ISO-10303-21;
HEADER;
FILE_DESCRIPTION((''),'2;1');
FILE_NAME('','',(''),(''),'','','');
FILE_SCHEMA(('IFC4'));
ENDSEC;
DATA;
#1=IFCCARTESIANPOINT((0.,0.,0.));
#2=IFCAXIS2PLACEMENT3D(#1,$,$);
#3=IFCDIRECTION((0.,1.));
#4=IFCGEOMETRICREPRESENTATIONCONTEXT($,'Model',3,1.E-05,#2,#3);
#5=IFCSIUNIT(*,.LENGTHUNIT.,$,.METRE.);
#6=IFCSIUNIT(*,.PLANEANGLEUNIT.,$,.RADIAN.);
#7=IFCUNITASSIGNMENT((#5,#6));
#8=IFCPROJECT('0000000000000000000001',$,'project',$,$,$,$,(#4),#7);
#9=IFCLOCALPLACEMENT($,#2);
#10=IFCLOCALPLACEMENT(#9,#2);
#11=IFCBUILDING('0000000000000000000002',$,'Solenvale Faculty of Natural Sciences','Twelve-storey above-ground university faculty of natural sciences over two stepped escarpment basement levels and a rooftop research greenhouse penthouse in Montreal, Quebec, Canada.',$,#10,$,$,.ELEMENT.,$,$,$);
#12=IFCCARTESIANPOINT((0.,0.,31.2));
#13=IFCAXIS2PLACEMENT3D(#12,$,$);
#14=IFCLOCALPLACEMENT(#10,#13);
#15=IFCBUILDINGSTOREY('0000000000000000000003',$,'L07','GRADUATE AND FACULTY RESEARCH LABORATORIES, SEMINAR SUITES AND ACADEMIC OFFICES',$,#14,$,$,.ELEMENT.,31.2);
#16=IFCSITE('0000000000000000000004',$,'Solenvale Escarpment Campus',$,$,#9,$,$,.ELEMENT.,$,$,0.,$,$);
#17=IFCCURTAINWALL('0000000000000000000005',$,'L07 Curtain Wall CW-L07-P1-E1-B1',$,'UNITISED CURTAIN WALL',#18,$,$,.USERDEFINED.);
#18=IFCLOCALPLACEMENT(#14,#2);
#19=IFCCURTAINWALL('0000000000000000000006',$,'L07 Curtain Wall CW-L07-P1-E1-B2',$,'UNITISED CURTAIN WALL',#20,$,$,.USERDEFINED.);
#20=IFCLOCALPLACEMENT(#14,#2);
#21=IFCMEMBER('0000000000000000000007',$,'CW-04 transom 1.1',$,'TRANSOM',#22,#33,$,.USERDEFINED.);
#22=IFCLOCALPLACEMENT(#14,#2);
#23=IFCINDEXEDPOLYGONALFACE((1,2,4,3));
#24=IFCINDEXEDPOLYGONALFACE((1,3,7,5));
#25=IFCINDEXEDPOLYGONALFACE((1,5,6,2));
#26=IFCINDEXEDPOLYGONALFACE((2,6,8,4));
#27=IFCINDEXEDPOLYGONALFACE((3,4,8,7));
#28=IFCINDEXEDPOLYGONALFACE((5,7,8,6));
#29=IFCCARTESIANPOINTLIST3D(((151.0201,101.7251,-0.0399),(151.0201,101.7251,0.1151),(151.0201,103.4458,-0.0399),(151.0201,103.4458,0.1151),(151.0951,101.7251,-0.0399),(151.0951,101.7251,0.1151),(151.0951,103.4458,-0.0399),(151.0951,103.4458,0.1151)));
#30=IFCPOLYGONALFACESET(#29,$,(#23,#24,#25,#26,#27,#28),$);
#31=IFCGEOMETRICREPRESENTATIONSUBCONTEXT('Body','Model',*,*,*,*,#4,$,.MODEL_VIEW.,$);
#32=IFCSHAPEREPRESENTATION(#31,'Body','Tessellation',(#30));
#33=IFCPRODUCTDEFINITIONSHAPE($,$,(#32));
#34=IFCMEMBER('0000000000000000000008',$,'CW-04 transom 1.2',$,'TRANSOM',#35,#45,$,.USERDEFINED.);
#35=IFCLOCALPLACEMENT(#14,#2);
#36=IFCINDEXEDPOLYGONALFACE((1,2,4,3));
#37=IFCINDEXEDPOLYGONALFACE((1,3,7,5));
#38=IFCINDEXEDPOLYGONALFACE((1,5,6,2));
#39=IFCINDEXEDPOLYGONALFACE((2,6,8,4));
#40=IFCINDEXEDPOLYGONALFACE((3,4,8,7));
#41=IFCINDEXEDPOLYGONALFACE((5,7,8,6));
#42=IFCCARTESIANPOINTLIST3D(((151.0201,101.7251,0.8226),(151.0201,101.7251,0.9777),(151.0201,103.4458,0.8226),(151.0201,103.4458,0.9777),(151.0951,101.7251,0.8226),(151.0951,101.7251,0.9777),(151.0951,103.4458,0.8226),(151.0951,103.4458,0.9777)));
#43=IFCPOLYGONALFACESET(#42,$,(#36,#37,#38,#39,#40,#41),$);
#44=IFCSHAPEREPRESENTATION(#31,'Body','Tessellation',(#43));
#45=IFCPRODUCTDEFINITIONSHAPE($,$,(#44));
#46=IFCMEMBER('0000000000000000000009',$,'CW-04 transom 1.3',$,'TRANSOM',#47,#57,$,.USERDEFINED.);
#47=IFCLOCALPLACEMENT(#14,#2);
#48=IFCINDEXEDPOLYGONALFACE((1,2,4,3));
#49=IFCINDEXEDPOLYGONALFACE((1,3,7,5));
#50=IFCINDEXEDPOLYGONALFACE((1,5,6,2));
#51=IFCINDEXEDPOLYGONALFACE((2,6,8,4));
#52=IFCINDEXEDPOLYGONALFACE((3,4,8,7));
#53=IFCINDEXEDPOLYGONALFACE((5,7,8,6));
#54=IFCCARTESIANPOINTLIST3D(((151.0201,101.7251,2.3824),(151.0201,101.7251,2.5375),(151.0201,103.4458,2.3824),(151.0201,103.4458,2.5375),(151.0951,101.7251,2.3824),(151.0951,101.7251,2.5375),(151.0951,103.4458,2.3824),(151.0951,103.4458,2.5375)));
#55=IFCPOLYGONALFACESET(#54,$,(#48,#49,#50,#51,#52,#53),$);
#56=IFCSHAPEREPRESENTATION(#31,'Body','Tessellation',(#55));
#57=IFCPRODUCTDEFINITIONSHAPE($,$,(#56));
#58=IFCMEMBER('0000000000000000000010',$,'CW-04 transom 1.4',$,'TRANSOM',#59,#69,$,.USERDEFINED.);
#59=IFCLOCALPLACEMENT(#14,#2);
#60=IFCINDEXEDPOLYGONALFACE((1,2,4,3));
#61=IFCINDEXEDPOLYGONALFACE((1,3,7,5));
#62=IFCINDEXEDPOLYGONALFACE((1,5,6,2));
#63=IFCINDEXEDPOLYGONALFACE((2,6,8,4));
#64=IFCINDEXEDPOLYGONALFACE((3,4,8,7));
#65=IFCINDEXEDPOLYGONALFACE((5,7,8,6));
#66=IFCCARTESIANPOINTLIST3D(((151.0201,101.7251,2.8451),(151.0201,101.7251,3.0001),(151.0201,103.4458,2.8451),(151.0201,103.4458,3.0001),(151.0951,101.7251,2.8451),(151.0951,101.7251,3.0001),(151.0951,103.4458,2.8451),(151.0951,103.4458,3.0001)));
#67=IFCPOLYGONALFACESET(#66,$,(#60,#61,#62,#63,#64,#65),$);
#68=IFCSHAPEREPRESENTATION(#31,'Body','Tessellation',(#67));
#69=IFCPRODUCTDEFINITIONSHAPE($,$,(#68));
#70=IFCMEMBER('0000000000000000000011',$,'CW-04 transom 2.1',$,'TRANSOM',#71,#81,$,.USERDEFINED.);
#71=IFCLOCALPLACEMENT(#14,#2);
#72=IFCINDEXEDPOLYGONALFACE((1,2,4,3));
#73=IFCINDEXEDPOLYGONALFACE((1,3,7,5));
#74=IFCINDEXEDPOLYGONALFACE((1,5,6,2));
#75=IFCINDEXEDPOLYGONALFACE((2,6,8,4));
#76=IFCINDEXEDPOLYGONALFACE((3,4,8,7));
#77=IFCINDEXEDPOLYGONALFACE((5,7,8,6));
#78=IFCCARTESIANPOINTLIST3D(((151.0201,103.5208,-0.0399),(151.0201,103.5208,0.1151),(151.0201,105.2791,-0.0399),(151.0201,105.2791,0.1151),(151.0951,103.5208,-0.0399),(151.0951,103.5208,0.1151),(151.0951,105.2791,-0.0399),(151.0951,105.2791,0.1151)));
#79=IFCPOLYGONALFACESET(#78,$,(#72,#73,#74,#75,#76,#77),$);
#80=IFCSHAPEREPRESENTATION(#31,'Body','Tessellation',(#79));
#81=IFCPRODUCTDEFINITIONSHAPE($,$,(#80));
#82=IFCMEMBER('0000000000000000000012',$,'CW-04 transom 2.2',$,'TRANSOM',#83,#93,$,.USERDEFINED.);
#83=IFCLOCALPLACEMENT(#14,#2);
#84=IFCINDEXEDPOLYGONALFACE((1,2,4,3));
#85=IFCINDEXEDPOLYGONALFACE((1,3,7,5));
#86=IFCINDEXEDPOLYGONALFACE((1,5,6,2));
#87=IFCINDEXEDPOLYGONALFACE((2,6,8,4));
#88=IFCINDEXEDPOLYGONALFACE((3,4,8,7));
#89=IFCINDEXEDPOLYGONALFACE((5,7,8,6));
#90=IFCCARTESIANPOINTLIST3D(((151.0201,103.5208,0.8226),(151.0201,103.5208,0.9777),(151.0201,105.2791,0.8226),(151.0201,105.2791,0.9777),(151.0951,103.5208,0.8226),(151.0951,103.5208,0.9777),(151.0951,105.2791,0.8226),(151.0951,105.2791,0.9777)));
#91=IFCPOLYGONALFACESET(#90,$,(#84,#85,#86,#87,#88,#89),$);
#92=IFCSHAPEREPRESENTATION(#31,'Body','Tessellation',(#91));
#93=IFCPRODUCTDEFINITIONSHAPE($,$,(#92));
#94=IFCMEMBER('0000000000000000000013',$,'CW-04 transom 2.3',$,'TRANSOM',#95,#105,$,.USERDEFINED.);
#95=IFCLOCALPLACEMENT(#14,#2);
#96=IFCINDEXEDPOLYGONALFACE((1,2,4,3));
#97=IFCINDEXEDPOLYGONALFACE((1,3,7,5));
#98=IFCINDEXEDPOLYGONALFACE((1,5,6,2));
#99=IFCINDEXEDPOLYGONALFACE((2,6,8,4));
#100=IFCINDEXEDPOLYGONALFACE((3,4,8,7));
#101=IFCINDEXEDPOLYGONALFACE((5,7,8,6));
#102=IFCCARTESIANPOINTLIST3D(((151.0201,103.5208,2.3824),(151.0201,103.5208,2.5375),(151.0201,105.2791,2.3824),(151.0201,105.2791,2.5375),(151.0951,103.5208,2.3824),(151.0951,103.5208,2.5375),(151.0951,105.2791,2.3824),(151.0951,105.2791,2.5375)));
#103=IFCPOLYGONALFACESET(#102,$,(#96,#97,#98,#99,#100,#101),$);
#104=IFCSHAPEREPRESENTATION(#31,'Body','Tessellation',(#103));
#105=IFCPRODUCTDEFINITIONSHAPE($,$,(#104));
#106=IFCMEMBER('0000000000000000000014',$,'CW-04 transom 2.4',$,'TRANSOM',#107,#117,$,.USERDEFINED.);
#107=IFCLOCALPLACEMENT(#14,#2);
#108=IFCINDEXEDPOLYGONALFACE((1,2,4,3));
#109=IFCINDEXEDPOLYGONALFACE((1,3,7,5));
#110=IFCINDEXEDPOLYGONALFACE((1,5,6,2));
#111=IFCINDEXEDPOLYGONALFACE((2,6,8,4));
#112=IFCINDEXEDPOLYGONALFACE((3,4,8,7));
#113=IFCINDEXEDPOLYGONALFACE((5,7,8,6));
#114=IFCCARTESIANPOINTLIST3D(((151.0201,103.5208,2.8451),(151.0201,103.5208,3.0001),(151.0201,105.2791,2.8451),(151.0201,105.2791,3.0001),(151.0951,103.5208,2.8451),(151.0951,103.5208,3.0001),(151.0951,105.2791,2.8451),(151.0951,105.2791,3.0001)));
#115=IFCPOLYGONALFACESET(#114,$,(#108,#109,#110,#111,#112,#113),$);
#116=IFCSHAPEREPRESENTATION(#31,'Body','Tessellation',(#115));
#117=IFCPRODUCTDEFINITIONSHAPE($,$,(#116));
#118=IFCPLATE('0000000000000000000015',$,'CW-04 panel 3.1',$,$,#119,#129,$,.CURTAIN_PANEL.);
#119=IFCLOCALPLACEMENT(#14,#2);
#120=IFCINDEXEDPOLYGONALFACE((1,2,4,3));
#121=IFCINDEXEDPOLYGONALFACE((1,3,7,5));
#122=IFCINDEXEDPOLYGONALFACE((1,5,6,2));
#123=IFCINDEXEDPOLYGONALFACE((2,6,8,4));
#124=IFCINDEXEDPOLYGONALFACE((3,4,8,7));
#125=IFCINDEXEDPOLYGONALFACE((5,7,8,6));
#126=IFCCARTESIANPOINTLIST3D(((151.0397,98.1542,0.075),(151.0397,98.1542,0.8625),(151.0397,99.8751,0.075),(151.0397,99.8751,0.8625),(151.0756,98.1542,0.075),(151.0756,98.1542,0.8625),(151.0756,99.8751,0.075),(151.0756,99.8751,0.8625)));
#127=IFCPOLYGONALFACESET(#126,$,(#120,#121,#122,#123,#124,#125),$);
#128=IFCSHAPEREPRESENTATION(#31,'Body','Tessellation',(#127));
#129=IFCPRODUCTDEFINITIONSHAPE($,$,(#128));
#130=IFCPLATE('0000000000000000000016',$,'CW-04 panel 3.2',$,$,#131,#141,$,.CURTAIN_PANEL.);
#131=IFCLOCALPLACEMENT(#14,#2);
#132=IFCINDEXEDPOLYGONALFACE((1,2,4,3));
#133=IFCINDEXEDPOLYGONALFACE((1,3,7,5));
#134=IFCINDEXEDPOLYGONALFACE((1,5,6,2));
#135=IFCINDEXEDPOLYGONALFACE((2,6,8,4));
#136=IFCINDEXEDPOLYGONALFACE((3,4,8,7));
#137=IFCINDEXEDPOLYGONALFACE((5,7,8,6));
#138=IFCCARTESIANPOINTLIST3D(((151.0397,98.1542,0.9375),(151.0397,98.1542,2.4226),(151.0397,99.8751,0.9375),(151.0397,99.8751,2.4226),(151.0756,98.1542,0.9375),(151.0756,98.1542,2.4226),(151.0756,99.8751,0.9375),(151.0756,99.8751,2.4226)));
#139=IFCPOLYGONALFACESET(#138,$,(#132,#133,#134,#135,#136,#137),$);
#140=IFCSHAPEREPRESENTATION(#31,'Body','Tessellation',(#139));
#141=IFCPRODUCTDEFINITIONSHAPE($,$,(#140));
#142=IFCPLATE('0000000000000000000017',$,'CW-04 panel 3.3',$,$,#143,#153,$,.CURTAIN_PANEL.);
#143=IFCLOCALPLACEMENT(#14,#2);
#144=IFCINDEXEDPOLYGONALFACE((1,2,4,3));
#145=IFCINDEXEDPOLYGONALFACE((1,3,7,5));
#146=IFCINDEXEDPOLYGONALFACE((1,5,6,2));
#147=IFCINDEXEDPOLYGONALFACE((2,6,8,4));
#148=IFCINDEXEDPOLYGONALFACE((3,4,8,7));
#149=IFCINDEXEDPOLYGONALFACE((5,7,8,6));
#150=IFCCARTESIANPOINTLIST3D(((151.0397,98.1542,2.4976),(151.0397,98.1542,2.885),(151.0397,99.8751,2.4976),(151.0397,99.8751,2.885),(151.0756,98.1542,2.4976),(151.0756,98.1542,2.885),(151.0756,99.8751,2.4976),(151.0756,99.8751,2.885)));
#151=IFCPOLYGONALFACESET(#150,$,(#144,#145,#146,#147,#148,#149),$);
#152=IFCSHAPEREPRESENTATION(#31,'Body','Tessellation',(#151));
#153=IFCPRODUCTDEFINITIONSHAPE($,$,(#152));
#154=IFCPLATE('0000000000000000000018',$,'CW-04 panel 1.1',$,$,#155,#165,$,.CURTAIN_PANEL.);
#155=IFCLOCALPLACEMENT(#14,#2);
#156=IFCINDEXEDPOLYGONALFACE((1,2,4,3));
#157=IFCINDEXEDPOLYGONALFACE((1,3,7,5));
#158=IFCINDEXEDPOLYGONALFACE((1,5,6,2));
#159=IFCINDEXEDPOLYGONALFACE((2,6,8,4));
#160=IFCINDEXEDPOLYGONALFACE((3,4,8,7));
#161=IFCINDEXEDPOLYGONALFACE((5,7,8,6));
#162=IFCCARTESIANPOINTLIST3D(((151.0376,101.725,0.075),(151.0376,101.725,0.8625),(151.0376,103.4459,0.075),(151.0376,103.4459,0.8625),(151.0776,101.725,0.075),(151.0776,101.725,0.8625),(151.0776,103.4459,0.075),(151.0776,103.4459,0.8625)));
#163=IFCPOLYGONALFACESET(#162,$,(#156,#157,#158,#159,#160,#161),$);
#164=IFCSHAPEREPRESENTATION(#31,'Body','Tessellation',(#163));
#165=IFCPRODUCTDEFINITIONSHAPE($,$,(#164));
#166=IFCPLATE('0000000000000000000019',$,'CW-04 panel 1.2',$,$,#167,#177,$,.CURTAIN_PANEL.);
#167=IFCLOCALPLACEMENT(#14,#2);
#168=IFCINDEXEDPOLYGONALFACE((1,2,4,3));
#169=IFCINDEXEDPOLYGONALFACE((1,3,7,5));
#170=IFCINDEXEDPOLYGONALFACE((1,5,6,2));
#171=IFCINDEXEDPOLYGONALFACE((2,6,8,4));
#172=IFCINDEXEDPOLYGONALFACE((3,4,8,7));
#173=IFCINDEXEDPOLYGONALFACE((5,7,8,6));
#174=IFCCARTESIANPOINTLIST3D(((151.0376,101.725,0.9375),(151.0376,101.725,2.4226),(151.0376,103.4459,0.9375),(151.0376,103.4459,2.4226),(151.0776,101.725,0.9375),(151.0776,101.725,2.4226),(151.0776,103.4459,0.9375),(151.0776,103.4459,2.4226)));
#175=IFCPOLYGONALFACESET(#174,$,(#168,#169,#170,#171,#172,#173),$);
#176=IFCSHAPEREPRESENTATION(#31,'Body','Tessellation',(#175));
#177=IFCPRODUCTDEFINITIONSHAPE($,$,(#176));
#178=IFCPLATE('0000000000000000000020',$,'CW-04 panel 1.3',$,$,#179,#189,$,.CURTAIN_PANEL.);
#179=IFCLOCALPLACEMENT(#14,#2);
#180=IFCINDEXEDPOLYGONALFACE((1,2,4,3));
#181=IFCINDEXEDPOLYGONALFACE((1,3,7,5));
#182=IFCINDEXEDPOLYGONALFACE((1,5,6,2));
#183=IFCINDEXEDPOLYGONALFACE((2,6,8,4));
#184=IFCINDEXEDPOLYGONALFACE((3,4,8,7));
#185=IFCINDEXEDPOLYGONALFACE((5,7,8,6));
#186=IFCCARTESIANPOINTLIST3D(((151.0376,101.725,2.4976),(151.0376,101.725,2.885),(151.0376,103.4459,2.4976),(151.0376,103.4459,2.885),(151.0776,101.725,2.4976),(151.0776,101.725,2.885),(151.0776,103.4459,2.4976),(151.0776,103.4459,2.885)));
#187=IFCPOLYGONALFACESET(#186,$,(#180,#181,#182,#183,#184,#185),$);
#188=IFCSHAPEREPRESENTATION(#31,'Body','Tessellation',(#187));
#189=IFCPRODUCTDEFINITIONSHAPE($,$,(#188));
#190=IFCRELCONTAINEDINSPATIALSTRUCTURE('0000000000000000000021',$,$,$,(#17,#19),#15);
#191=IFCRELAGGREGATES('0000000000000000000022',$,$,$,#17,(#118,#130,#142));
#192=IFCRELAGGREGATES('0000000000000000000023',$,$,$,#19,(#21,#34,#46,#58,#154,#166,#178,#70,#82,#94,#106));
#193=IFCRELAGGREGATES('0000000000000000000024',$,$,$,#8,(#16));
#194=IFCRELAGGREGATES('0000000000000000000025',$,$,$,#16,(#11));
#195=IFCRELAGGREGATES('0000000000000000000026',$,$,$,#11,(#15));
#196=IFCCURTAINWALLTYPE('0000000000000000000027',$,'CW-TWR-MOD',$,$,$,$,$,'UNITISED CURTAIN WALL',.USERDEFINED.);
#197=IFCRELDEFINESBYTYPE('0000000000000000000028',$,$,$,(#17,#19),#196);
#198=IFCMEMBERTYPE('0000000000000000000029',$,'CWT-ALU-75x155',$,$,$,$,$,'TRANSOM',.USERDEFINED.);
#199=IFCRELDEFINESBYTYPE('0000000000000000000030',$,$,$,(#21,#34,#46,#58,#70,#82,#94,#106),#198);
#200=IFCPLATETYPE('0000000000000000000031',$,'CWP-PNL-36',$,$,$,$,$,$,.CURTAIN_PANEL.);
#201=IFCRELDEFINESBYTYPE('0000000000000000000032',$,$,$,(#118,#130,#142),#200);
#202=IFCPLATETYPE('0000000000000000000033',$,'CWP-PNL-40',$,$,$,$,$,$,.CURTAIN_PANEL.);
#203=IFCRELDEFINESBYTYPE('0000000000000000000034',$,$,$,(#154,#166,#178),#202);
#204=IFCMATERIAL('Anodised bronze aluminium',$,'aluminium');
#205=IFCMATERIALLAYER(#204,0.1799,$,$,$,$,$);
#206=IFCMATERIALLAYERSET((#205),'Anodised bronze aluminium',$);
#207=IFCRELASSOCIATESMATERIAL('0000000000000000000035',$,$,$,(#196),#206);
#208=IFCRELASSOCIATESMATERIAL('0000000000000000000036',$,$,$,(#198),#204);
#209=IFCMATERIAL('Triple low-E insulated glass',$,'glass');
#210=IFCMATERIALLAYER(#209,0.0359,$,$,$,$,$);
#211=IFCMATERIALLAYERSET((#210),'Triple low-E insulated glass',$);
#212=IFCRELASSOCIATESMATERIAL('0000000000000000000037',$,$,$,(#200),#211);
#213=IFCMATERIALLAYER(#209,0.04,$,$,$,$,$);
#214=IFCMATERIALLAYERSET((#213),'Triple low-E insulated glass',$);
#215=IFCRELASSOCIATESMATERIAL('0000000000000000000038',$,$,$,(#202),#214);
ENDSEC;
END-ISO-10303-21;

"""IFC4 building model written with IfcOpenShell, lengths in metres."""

from ifc_helpers import new_model, si_unit, direction, frame, origin, origin_2d, place, context, subcontext, project, spatial, rectangle, extrude, material, layer, layer_set, material_profile, profile_set, type_object, element, aggregate, save


model = new_model("IFC4")

# Units and contexts
model_context = context("Model", 3, precision=1e-05, world=origin(), true_north=direction((0.0, 1.0)))
body_context = subcontext(model_context, "Body", "Model", "MODEL_VIEW")
ifc_project = project(units=[si_unit("LENGTHUNIT", "METRE"), si_unit("PLANEANGLEUNIT", "RADIAN")], contexts=[model_context])

# Site, building, storey
site_placement = place(None, origin())
site = spatial("IfcSite", under=ifc_project, at=site_placement, Name="Solenvale Escarpment Campus", CompositionType="ELEMENT", RefElevation=0.0)
building_placement = place(site_placement, origin())
building = spatial("IfcBuilding", under=site, at=building_placement, Name="Solenvale Faculty of Natural Sciences", Description="Twelve-storey above-ground university faculty of natural sciences over two stepped escarpment basement levels and a rooftop research greenhouse penthouse in Montreal, Quebec, Canada.", CompositionType="ELEMENT")
storey_placement = place(building_placement, frame((0.0, 0.0, 31.2)))
storey = spatial("IfcBuildingStorey", under=building, at=storey_placement, Name="L07", Description="GRADUATE AND FACULTY RESEARCH LABORATORIES, SEMINAR SUITES AND ACADEMIC OFFICES", CompositionType="ELEMENT", Elevation=31.2)

# Curtain wall
ifc_material_1 = material(Name="Anodised bronze aluminium", Category="aluminium")
ifc_layer_1 = layer(ifc_material_1, 0.1799)
ifc_layer_set_1 = layer_set([ifc_layer_1], Name="Anodised bronze aluminium")
curtain_wall_type = type_object("IfcCurtainWallType", Name="CW-TWR-MOD", ElementType="UNITISED CURTAIN WALL", PredefinedType="USERDEFINED", material=ifc_layer_set_1)
curtain_wall_1_placement = place(storey_placement, origin())
curtain_wall_1 = element("IfcCurtainWall", 1, at=curtain_wall_1_placement, inside=storey, type_object=curtain_wall_type, Name="L07 Curtain Wall CW-L07-P1-E1-B1", ObjectType="UNITISED CURTAIN WALL", PredefinedType="USERDEFINED")

# Curtain wall
curtain_wall_2_placement = place(storey_placement, origin())
curtain_wall_2 = element("IfcCurtainWall", 2, at=curtain_wall_2_placement, inside=storey, type_object=curtain_wall_type, Name="L07 Curtain Wall CW-L07-P1-E1-B2", ObjectType="UNITISED CURTAIN WALL", PredefinedType="USERDEFINED")

# Members
ifc_material_profile_1 = material_profile(ifc_material_1, rectangle(XDim=0.075, YDim=0.155, at=origin_2d()), Name="ALU-TRN-75x155")
ifc_profile_set_1 = profile_set([ifc_material_profile_1], Name="Anodised bronze aluminium")
member_type_1 = type_object("IfcMemberType", Name="CWT-ALU-75x155", ElementType="TRANSOM", PredefinedType="USERDEFINED", material=ifc_profile_set_1)
member_1_placement = place(storey_placement, frame((151.0576, 101.7251, 0.0376), z_axis=(0.0, 1.0, 0.0), x_axis=(-1.0, 0.0, 0.0)))
member_1 = element("IfcMember", 3, at=member_1_placement, type_object=member_type_1, Name="CW-04 transom 1.1", ObjectType="TRANSOM", PredefinedType="USERDEFINED", context=body_context, shape_type="SweptSolid", body=[
    extrude(rectangle(XDim=0.075, YDim=0.155, at=origin_2d()), origin(), (0.0, 0.0, 1.0), 1.7207),
])
member_2_placement = place(storey_placement, frame((151.0576, 101.7251, 0.9001), z_axis=(0.0, 1.0, 0.0), x_axis=(-1.0, 0.0, 0.0)))
member_2 = element("IfcMember", 4, at=member_2_placement, type_object=member_type_1, Name="CW-04 transom 1.2", ObjectType="TRANSOM", PredefinedType="USERDEFINED", context=body_context, shape_type="SweptSolid", body=[
    extrude(rectangle(XDim=0.075, YDim=0.155, at=origin_2d()), origin(), (0.0, 0.0, 1.0), 1.7207),
])
member_3_placement = place(storey_placement, frame((151.0576, 101.7251, 2.46), z_axis=(0.0, 1.0, 0.0), x_axis=(-1.0, 0.0, 0.0)))
member_3 = element("IfcMember", 5, at=member_3_placement, type_object=member_type_1, Name="CW-04 transom 1.3", ObjectType="TRANSOM", PredefinedType="USERDEFINED", context=body_context, shape_type="SweptSolid", body=[
    extrude(rectangle(XDim=0.075, YDim=0.155, at=origin_2d()), origin(), (0.0, 0.0, 1.0), 1.7207),
])
member_4_placement = place(storey_placement, frame((151.0576, 101.7251, 2.9226), z_axis=(0.0, 1.0, 0.0), x_axis=(-1.0, 0.0, 0.0)))
member_4 = element("IfcMember", 6, at=member_4_placement, type_object=member_type_1, Name="CW-04 transom 1.4", ObjectType="TRANSOM", PredefinedType="USERDEFINED", context=body_context, shape_type="SweptSolid", body=[
    extrude(rectangle(XDim=0.075, YDim=0.155, at=origin_2d()), origin(), (0.0, 0.0, 1.0), 1.7207),
])
member_5_placement = place(storey_placement, frame((151.0576, 103.5208, 0.0376), z_axis=(0.0, 1.0, 0.0), x_axis=(-1.0, 0.0, 0.0)))
member_5 = element("IfcMember", 7, at=member_5_placement, type_object=member_type_1, Name="CW-04 transom 2.1", ObjectType="TRANSOM", PredefinedType="USERDEFINED", context=body_context, shape_type="SweptSolid", body=[
    extrude(rectangle(XDim=0.075, YDim=0.155, at=origin_2d()), origin(), (0.0, 0.0, 1.0), 1.7583),
])
member_6_placement = place(storey_placement, frame((151.0576, 103.5208, 0.9001), z_axis=(0.0, 1.0, 0.0), x_axis=(-1.0, 0.0, 0.0)))
member_6 = element("IfcMember", 8, at=member_6_placement, type_object=member_type_1, Name="CW-04 transom 2.2", ObjectType="TRANSOM", PredefinedType="USERDEFINED", context=body_context, shape_type="SweptSolid", body=[
    extrude(rectangle(XDim=0.075, YDim=0.155, at=origin_2d()), origin(), (0.0, 0.0, 1.0), 1.7583),
])
member_7_placement = place(storey_placement, frame((151.0576, 103.5208, 2.46), z_axis=(0.0, 1.0, 0.0), x_axis=(-1.0, 0.0, 0.0)))
member_7 = element("IfcMember", 9, at=member_7_placement, type_object=member_type_1, Name="CW-04 transom 2.3", ObjectType="TRANSOM", PredefinedType="USERDEFINED", context=body_context, shape_type="SweptSolid", body=[
    extrude(rectangle(XDim=0.075, YDim=0.155, at=origin_2d()), origin(), (0.0, 0.0, 1.0), 1.7583),
])
member_8_placement = place(storey_placement, frame((151.0576, 103.5208, 2.9226), z_axis=(0.0, 1.0, 0.0), x_axis=(-1.0, 0.0, 0.0)))
member_8 = element("IfcMember", 10, at=member_8_placement, type_object=member_type_1, Name="CW-04 transom 2.4", ObjectType="TRANSOM", PredefinedType="USERDEFINED", context=body_context, shape_type="SweptSolid", body=[
    extrude(rectangle(XDim=0.075, YDim=0.155, at=origin_2d()), origin(), (0.0, 0.0, 1.0), 1.7583),
])

# Plates
ifc_material_2 = material(Name="Triple low-E insulated glass", Category="glass")
ifc_layer_2 = layer(ifc_material_2, 0.0359)
ifc_layer_set_2 = layer_set([ifc_layer_2], Name="Triple low-E insulated glass")
plate_type_1 = type_object("IfcPlateType", Name="CWP-PNL-36", PredefinedType="CURTAIN_PANEL", material=ifc_layer_set_2)
plate_1_placement = place(storey_placement, frame((151.0576, 99.0146, 0.075), z_axis=(0.0, 0.0, 1.0), x_axis=(0.0, 1.0, 0.0)))
plate_1 = element("IfcPlate", 11, at=plate_1_placement, type_object=plate_type_1, Name="CW-04 panel 3.1", PredefinedType="CURTAIN_PANEL", context=body_context, shape_type="SweptSolid", body=[
    extrude(rectangle(XDim=1.7209, YDim=0.0359, at=origin_2d()), origin(), (0.0, 0.0, 1.0), 0.7876),
])
plate_2_placement = place(storey_placement, frame((151.0576, 99.0146, 0.9375), z_axis=(0.0, 0.0, 1.0), x_axis=(0.0, 1.0, 0.0)))
plate_2 = element("IfcPlate", 12, at=plate_2_placement, type_object=plate_type_1, Name="CW-04 panel 3.2", PredefinedType="CURTAIN_PANEL", context=body_context, shape_type="SweptSolid", body=[
    extrude(rectangle(XDim=1.7209, YDim=0.0359, at=origin_2d()), origin(), (0.0, 0.0, 1.0), 1.4851),
])
plate_3_placement = place(storey_placement, frame((151.0576, 99.0146, 2.4976), z_axis=(0.0, 0.0, 1.0), x_axis=(0.0, 1.0, 0.0)))
plate_3 = element("IfcPlate", 13, at=plate_3_placement, type_object=plate_type_1, Name="CW-04 panel 3.3", PredefinedType="CURTAIN_PANEL", context=body_context, shape_type="SweptSolid", body=[
    extrude(rectangle(XDim=1.7209, YDim=0.0359, at=origin_2d()), origin(), (0.0, 0.0, 1.0), 0.3875),
])
aggregate(curtain_wall_1, [plate_1, plate_2, plate_3])
ifc_layer_3 = layer(ifc_material_2, 0.04)
ifc_layer_set_3 = layer_set([ifc_layer_3], Name="Triple low-E insulated glass")
plate_type_2 = type_object("IfcPlateType", Name="CWP-PNL-40", PredefinedType="CURTAIN_PANEL", material=ifc_layer_set_3)
plate_4_placement = place(storey_placement, frame((151.0576, 102.5854, 0.075), z_axis=(0.0, 0.0, 1.0), x_axis=(0.0, 1.0, 0.0)))
plate_4 = element("IfcPlate", 14, at=plate_4_placement, type_object=plate_type_2, Name="CW-04 panel 1.1", PredefinedType="CURTAIN_PANEL", context=body_context, shape_type="SweptSolid", body=[
    extrude(rectangle(XDim=1.7209, YDim=0.04, at=origin_2d()), origin(), (0.0, 0.0, 1.0), 0.7876),
])
plate_5_placement = place(storey_placement, frame((151.0576, 102.5854, 0.9375), z_axis=(0.0, 0.0, 1.0), x_axis=(0.0, 1.0, 0.0)))
plate_5 = element("IfcPlate", 15, at=plate_5_placement, type_object=plate_type_2, Name="CW-04 panel 1.2", PredefinedType="CURTAIN_PANEL", context=body_context, shape_type="SweptSolid", body=[
    extrude(rectangle(XDim=1.7209, YDim=0.04, at=origin_2d()), origin(), (0.0, 0.0, 1.0), 1.4851),
])
plate_6_placement = place(storey_placement, frame((151.0576, 102.5854, 2.4976), z_axis=(0.0, 0.0, 1.0), x_axis=(0.0, 1.0, 0.0)))
plate_6 = element("IfcPlate", 16, at=plate_6_placement, type_object=plate_type_2, Name="CW-04 panel 1.3", PredefinedType="CURTAIN_PANEL", context=body_context, shape_type="SweptSolid", body=[
    extrude(rectangle(XDim=1.7209, YDim=0.04, at=origin_2d()), origin(), (0.0, 0.0, 1.0), 0.3875),
])
aggregate(curtain_wall_2, [member_1, member_2, member_3, member_4, plate_4, plate_5, plate_6, member_5, member_6, member_7, member_8])

save(model, "model.ifc")
